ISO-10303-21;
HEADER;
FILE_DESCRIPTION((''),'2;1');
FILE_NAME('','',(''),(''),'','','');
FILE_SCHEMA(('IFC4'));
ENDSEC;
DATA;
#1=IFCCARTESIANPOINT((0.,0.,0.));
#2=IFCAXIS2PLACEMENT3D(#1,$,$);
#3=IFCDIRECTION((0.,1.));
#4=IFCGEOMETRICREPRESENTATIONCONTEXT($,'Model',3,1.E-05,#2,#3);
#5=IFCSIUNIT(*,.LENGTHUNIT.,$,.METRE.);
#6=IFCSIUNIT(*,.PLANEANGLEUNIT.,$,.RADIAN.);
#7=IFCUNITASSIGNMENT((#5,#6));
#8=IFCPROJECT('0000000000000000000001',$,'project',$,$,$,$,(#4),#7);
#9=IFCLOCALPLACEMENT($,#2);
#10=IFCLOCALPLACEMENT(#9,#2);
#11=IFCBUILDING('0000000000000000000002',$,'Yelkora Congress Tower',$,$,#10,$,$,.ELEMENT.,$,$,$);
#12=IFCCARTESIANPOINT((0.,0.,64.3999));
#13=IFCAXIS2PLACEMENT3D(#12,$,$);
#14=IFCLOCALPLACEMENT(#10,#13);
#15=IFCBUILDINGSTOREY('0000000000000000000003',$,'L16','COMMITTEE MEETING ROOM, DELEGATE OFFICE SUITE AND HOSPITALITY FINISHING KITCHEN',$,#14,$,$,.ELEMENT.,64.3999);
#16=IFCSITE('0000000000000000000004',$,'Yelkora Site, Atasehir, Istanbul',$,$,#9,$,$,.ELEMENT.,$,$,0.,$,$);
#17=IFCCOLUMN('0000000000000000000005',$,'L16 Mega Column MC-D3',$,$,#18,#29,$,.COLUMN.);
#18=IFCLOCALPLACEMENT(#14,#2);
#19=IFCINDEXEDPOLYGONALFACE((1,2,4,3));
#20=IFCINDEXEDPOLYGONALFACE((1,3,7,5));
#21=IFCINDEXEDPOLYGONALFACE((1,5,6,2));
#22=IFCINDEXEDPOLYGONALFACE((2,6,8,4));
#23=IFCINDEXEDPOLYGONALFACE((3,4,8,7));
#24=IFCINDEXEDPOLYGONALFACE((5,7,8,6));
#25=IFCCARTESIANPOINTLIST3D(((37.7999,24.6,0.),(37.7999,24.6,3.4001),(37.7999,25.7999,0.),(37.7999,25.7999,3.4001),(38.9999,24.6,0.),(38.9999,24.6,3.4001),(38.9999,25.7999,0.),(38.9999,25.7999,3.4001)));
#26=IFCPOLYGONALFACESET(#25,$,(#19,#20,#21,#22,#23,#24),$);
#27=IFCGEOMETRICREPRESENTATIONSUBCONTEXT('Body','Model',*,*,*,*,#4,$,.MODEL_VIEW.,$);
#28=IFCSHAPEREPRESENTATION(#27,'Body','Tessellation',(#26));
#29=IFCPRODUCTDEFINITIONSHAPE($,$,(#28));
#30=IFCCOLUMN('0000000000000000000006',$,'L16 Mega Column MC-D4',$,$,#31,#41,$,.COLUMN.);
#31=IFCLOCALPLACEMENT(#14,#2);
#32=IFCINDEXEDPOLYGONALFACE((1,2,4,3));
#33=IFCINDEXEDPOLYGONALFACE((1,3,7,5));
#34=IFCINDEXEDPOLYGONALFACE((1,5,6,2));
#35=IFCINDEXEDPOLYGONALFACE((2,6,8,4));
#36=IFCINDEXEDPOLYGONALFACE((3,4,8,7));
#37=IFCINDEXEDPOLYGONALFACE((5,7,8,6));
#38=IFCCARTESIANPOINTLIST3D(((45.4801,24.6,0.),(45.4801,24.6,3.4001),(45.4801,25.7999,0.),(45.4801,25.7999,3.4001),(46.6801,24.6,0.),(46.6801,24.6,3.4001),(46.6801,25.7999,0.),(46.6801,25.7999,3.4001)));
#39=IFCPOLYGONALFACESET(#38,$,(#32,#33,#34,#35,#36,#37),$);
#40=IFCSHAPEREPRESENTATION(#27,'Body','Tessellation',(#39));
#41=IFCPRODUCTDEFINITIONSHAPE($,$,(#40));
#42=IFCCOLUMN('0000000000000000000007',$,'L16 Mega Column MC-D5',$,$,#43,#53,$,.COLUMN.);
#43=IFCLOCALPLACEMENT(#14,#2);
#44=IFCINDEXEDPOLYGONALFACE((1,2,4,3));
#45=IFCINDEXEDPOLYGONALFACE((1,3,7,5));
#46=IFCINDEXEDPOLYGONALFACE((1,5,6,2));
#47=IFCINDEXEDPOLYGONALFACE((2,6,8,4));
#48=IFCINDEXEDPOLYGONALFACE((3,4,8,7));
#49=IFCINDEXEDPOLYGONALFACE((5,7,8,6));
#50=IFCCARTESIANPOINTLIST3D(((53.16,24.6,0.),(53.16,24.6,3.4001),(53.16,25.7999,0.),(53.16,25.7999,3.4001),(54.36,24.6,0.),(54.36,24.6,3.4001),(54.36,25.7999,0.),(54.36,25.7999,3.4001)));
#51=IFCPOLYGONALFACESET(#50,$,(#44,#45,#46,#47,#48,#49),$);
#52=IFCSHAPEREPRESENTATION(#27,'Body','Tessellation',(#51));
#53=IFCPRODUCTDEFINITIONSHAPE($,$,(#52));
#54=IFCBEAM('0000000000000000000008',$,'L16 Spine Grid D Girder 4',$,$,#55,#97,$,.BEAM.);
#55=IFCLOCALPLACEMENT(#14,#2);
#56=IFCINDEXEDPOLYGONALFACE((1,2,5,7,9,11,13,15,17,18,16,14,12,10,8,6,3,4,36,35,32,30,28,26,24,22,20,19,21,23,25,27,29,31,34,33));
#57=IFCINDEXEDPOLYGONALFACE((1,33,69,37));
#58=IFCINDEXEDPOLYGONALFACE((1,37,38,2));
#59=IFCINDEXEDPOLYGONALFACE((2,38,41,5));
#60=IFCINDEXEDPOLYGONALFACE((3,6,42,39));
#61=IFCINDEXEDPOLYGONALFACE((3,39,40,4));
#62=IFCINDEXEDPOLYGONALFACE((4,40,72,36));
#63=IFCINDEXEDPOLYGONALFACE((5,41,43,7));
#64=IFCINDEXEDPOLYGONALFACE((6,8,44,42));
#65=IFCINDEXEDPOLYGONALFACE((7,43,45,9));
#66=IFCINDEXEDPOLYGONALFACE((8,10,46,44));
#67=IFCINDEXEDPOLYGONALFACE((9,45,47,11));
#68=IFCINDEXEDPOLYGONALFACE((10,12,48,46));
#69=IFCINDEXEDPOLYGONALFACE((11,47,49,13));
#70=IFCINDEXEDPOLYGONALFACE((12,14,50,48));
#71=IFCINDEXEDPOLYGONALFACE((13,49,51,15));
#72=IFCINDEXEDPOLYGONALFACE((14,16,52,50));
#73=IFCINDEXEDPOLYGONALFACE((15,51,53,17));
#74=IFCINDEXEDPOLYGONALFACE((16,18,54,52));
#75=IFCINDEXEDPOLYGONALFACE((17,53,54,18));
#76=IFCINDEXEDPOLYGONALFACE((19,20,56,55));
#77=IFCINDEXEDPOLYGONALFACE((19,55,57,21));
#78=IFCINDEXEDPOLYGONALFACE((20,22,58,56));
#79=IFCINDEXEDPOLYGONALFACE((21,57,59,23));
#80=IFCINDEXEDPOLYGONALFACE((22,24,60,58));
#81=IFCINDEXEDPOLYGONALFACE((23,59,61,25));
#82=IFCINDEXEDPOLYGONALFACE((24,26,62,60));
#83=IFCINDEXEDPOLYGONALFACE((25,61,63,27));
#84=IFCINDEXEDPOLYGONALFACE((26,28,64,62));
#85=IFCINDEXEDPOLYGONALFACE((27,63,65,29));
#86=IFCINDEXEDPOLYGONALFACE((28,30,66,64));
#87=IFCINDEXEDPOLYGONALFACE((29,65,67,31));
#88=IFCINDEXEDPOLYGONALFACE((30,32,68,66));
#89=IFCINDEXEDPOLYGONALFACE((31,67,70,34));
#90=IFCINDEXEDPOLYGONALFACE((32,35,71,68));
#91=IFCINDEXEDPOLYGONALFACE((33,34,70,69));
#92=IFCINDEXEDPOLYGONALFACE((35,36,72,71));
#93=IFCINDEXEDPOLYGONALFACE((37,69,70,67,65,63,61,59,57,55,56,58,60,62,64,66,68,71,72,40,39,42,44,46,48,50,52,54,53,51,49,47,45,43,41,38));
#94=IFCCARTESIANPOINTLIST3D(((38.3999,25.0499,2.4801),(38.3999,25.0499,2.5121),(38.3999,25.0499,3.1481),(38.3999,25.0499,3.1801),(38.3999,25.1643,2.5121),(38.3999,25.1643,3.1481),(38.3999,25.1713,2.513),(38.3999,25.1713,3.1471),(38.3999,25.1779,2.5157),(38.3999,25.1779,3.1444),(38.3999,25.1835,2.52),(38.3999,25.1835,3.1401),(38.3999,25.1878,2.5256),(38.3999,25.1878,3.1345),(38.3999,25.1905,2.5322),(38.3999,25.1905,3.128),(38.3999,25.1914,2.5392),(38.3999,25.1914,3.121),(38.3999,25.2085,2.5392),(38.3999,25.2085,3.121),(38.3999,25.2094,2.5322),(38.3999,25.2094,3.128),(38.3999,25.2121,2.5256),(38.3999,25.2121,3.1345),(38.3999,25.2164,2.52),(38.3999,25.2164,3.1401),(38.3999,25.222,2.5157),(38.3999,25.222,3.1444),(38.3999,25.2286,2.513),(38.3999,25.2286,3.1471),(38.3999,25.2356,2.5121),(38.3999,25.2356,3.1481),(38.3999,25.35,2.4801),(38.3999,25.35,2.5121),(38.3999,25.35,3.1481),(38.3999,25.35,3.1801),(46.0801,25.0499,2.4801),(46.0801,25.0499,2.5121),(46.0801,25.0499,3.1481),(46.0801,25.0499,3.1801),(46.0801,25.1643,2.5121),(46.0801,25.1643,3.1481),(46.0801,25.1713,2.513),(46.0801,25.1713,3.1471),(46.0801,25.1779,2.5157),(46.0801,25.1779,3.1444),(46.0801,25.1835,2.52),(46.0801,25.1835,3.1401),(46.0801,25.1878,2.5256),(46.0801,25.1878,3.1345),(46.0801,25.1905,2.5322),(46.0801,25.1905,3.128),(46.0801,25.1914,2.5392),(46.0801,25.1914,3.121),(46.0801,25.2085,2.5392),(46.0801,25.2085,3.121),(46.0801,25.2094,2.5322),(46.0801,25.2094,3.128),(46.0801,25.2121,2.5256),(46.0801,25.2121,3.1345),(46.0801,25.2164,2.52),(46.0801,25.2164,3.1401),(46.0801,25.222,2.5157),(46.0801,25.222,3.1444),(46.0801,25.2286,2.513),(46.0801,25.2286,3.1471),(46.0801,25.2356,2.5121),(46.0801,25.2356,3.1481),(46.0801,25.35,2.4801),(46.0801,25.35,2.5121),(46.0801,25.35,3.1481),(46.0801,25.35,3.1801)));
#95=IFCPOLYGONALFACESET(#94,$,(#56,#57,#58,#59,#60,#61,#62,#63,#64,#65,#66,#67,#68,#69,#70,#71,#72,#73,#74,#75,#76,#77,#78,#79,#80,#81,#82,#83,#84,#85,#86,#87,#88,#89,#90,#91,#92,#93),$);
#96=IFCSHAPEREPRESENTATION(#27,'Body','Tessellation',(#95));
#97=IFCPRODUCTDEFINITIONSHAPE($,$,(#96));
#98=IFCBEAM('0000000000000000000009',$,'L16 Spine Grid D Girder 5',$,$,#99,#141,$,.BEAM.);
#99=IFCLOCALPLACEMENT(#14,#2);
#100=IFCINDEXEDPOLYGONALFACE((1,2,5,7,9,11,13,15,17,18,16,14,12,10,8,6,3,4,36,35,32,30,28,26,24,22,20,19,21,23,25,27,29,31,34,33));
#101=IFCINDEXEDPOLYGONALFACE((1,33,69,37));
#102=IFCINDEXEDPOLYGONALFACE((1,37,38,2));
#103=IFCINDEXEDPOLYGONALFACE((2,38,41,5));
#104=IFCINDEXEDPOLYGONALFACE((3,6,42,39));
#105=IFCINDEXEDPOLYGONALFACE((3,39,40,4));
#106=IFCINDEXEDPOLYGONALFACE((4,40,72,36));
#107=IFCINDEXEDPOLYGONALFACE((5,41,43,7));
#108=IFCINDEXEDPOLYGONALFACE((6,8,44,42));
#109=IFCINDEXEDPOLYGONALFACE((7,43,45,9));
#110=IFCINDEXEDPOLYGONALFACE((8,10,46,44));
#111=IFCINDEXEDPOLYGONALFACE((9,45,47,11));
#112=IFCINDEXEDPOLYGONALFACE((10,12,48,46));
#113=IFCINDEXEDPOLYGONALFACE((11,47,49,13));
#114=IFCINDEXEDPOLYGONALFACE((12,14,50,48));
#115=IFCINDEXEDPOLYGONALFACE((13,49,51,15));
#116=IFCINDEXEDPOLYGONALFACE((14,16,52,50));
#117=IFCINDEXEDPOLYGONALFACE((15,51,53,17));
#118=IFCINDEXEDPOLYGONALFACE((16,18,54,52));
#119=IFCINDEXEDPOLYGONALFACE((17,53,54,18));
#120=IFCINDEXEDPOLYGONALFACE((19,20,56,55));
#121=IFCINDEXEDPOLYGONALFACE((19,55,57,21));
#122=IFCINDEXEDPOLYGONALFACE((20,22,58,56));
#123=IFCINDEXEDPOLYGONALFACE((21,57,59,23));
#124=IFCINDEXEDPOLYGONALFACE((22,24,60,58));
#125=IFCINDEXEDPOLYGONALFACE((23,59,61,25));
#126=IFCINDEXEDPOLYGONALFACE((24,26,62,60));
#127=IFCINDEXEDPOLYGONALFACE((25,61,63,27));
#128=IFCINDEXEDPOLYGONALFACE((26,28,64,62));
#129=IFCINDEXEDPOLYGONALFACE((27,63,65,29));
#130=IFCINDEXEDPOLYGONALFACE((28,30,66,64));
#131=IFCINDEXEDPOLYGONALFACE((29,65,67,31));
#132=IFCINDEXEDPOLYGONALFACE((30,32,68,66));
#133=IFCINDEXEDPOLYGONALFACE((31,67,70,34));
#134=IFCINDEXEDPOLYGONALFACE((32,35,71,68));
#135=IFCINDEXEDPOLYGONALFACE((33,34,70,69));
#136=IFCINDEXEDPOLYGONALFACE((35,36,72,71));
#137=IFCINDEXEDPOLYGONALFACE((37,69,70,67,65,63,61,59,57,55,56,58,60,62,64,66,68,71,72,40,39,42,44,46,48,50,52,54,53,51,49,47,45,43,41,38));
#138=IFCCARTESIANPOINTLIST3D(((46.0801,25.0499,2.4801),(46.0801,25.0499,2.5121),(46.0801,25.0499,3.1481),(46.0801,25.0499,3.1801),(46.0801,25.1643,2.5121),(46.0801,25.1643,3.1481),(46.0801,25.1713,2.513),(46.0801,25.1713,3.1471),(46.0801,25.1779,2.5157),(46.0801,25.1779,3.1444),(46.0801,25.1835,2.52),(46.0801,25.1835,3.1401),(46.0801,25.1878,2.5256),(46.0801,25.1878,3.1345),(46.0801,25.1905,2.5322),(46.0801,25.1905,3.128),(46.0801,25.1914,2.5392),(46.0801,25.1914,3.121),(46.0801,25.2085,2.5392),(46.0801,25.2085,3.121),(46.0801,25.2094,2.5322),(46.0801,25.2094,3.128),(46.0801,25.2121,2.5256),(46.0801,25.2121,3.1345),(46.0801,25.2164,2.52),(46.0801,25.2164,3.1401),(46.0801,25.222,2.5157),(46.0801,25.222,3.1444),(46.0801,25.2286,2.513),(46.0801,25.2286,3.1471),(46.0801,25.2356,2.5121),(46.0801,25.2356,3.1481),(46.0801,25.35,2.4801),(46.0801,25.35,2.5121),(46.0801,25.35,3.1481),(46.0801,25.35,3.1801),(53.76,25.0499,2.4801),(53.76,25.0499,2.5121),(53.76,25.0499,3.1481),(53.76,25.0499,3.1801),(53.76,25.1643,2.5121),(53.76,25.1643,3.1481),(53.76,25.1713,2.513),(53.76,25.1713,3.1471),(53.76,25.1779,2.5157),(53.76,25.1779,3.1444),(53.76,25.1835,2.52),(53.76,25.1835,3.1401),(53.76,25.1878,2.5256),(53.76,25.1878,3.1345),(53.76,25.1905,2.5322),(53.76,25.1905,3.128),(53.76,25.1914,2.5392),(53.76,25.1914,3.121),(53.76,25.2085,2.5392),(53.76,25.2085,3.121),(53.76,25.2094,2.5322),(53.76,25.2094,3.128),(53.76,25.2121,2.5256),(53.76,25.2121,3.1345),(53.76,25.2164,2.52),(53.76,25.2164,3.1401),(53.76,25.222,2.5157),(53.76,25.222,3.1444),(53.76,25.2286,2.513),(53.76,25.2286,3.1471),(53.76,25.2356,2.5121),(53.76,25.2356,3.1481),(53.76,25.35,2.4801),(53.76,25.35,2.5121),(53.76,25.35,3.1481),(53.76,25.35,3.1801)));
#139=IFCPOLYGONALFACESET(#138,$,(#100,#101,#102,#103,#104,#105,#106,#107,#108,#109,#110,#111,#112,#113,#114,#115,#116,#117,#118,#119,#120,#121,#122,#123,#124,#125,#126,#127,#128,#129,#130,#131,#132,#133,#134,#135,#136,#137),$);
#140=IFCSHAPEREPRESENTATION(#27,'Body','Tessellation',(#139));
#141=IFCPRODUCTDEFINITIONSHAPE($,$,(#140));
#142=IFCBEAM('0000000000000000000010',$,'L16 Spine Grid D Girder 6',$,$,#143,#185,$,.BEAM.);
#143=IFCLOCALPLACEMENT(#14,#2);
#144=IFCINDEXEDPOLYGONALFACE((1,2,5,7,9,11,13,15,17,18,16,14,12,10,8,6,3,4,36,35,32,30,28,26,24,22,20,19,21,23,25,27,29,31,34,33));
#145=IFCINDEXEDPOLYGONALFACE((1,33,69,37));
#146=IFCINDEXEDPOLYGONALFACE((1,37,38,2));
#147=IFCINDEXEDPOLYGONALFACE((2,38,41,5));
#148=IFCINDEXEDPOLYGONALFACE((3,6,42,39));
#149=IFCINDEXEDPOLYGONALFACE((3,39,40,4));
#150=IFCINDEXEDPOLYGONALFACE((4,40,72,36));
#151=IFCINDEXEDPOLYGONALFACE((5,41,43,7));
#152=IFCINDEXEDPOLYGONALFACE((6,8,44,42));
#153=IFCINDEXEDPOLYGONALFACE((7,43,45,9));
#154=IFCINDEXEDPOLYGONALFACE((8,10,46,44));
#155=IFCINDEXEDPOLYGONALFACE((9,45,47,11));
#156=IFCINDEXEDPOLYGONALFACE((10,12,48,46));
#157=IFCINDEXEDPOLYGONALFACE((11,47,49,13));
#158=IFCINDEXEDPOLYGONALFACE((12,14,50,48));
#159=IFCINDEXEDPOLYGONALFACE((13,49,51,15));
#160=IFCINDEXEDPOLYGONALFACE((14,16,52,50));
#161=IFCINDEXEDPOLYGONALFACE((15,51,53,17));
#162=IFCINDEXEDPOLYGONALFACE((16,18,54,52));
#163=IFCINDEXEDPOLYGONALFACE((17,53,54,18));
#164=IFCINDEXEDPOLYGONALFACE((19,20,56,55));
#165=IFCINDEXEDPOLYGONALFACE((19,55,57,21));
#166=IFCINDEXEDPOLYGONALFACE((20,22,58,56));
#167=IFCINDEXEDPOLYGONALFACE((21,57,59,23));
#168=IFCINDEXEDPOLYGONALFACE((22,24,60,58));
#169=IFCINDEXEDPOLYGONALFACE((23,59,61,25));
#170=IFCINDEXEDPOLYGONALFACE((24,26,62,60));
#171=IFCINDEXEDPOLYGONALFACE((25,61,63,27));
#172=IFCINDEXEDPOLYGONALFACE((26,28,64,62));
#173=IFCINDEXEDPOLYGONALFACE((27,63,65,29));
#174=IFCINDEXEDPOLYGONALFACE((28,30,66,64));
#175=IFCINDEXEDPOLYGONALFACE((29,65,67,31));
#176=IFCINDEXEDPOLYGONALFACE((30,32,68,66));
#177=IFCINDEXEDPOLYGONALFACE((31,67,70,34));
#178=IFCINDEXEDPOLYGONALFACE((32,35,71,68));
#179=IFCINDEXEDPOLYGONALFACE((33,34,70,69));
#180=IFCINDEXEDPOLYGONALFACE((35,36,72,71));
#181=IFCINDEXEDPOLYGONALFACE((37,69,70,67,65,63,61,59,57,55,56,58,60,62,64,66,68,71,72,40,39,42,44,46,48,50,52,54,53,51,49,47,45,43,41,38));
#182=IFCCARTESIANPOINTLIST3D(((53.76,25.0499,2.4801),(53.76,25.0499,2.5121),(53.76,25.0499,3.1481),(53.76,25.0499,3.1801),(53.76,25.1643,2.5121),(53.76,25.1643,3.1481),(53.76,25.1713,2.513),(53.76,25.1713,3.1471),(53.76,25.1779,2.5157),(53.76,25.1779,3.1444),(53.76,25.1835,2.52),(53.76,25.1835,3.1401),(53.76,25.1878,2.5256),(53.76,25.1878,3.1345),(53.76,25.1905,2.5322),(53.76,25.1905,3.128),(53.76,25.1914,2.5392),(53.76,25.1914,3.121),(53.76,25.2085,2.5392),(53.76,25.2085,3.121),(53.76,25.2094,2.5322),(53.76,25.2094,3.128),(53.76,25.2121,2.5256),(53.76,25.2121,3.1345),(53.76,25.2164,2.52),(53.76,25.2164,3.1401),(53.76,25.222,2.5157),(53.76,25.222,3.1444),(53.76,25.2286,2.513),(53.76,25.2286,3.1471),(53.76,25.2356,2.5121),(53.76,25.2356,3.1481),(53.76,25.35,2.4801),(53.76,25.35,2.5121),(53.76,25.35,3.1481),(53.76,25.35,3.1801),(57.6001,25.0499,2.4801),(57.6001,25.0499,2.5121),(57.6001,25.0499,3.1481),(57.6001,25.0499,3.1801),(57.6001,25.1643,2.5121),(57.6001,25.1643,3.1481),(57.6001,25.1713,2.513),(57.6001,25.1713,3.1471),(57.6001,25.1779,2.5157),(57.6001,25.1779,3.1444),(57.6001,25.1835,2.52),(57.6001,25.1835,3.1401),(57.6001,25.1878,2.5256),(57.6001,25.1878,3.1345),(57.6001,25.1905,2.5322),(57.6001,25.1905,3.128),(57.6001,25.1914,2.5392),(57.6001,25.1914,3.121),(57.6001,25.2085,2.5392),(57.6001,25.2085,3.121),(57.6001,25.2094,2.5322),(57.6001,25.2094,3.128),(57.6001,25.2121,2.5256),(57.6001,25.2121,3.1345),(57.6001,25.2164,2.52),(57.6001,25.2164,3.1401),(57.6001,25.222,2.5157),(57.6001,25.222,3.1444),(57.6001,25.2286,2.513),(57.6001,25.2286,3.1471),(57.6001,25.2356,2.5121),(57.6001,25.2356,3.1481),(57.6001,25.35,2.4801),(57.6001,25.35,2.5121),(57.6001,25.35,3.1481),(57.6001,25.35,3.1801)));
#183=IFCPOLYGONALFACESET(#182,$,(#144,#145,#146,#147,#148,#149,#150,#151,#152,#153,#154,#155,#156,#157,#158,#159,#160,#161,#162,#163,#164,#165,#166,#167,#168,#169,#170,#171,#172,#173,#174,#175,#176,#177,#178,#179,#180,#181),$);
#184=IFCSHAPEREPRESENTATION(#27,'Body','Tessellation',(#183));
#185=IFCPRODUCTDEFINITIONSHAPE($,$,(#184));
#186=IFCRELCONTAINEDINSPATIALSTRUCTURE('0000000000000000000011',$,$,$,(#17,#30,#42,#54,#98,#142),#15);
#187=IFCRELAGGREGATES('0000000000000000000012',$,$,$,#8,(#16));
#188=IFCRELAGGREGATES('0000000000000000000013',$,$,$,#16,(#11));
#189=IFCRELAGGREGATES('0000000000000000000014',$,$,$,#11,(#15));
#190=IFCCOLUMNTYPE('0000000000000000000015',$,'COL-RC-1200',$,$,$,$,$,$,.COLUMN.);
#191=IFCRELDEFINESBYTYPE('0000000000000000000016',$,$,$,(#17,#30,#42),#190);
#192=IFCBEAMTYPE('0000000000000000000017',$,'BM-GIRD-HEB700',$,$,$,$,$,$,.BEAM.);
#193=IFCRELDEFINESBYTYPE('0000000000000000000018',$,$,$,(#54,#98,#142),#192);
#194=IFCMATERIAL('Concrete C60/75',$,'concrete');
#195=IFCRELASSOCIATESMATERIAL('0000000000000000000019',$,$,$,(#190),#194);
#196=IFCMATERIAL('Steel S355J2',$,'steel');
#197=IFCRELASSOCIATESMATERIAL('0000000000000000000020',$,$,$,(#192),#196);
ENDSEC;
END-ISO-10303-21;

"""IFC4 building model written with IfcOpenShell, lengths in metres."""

from ifc_helpers import new_model, si_unit, direction, frame, origin, origin_2d, place, context, subcontext, project, spatial, rectangle, i_section, extrude, material, material_profile, profile_set, type_object, element, save


model = new_model("IFC4")

# Units and contexts
model_context = context("Model", 3, precision=1e-05, world=origin(), true_north=direction((0.0, 1.0)))
body_context = subcontext(model_context, "Body", "Model", "MODEL_VIEW")
ifc_project = project(units=[si_unit("LENGTHUNIT", "METRE"), si_unit("PLANEANGLEUNIT", "RADIAN")], contexts=[model_context])

# Site, building, storey
site_placement = place(None, origin())
site = spatial("IfcSite", under=ifc_project, at=site_placement, Name="Yelkora Site, Atasehir, Istanbul", CompositionType="ELEMENT", RefElevation=0.0)
building_placement = place(site_placement, origin())
building = spatial("IfcBuilding", under=site, at=building_placement, Name="Yelkora Congress Tower", CompositionType="ELEMENT")
storey_placement = place(building_placement, frame((0.0, 0.0, 64.3999)))
storey = spatial("IfcBuildingStorey", under=building, at=storey_placement, Name="L16", Description="COMMITTEE MEETING ROOM, DELEGATE OFFICE SUITE AND HOSPITALITY FINISHING KITCHEN", CompositionType="ELEMENT", Elevation=64.3999)

# Columns
ifc_material_1 = material(Name="Concrete C60/75", Category="concrete")
ifc_material_profile_1 = material_profile(ifc_material_1, rectangle(XDim=1.2, YDim=1.2, at=origin_2d()), Name="RC 1200x1200")
ifc_profile_set_1 = profile_set([ifc_material_profile_1], Name="Concrete C60/75")
column_type = type_object("IfcColumnType", Name="COL-RC-1200", PredefinedType="COLUMN", material=ifc_profile_set_1)
for number, where, z_axis, x_axis, name in (
    (1, (38.3999, 25.2, 0.0), (0.0, 0.0, 1.0), (1.0, 0.0, 0.0), "L16 Mega Column MC-D3"),
    (2, (46.0801, 25.2, 0.0), (0.0, 0.0, 1.0), (1.0, 0.0, 0.0), "L16 Mega Column MC-D4"),
    (3, (53.76, 25.2, 0.0), (0.0, 0.0, 1.0), (1.0, 0.0, 0.0), "L16 Mega Column MC-D5"),
):
    element("IfcColumn", number, at=place(storey_placement, frame(where, z_axis=z_axis, x_axis=x_axis)), inside=storey, type_object=column_type, Name=name, PredefinedType="COLUMN", context=body_context, shape_type="SweptSolid", body=[
        extrude(rectangle(XDim=1.2, YDim=1.2, at=origin_2d()), origin(), (0.0, 0.0, 1.0), 3.4001),
    ])

# Beams
ifc_material_2 = material(Name="Steel S355J2", Category="steel")
ifc_material_profile_2 = material_profile(ifc_material_2, i_section(OverallWidth=0.3, OverallDepth=0.7, WebThickness=0.0171, FlangeThickness=0.032, FilletRadius=0.0271, at=origin_2d()), Name="HEB 700")
ifc_profile_set_2 = profile_set([ifc_material_profile_2], Name="Steel S355J2")
beam_type_1 = type_object("IfcBeamType", Name="BM-GIRD-HEB700", PredefinedType="BEAM", material=ifc_profile_set_2)
beam_1_placement = place(storey_placement, frame((38.3999, 25.2, 2.8301), z_axis=(1.0, 0.0, 0.0), x_axis=(0.0, 1.0, 0.0)))
element("IfcBeam", 4, at=beam_1_placement, inside=storey, type_object=beam_type_1, Name="L16 Spine Grid D Girder 4", PredefinedType="BEAM", context=body_context, shape_type="SweptSolid", body=[
    extrude(i_section(OverallWidth=0.3, OverallDepth=0.7, WebThickness=0.0171, FlangeThickness=0.032, FilletRadius=0.0271, at=origin_2d()), origin(), (0.0, 0.0, 1.0), 7.6802),
])
beam_2_placement = place(storey_placement, frame((46.0801, 25.2, 2.8301), z_axis=(1.0, 0.0, 0.0), x_axis=(0.0, 1.0, 0.0)))
element("IfcBeam", 5, at=beam_2_placement, inside=storey, type_object=beam_type_1, Name="L16 Spine Grid D Girder 5", PredefinedType="BEAM", context=body_context, shape_type="SweptSolid", body=[
    extrude(i_section(OverallWidth=0.3, OverallDepth=0.7, WebThickness=0.0171, FlangeThickness=0.032, FilletRadius=0.0271, at=origin_2d()), origin(), (0.0, 0.0, 1.0), 7.6799),
])
beam_3_placement = place(storey_placement, frame((53.76, 25.2, 2.8301), z_axis=(1.0, 0.0, 0.0), x_axis=(0.0, 1.0, 0.0)))
element("IfcBeam", 6, at=beam_3_placement, inside=storey, type_object=beam_type_1, Name="L16 Spine Grid D Girder 6", PredefinedType="BEAM", context=body_context, shape_type="SweptSolid", body=[
    extrude(i_section(OverallWidth=0.3, OverallDepth=0.7, WebThickness=0.0171, FlangeThickness=0.032, FilletRadius=0.0271, at=origin_2d()), origin(), (0.0, 0.0, 1.0), 3.8401),
])

save(model, "model.ifc")
